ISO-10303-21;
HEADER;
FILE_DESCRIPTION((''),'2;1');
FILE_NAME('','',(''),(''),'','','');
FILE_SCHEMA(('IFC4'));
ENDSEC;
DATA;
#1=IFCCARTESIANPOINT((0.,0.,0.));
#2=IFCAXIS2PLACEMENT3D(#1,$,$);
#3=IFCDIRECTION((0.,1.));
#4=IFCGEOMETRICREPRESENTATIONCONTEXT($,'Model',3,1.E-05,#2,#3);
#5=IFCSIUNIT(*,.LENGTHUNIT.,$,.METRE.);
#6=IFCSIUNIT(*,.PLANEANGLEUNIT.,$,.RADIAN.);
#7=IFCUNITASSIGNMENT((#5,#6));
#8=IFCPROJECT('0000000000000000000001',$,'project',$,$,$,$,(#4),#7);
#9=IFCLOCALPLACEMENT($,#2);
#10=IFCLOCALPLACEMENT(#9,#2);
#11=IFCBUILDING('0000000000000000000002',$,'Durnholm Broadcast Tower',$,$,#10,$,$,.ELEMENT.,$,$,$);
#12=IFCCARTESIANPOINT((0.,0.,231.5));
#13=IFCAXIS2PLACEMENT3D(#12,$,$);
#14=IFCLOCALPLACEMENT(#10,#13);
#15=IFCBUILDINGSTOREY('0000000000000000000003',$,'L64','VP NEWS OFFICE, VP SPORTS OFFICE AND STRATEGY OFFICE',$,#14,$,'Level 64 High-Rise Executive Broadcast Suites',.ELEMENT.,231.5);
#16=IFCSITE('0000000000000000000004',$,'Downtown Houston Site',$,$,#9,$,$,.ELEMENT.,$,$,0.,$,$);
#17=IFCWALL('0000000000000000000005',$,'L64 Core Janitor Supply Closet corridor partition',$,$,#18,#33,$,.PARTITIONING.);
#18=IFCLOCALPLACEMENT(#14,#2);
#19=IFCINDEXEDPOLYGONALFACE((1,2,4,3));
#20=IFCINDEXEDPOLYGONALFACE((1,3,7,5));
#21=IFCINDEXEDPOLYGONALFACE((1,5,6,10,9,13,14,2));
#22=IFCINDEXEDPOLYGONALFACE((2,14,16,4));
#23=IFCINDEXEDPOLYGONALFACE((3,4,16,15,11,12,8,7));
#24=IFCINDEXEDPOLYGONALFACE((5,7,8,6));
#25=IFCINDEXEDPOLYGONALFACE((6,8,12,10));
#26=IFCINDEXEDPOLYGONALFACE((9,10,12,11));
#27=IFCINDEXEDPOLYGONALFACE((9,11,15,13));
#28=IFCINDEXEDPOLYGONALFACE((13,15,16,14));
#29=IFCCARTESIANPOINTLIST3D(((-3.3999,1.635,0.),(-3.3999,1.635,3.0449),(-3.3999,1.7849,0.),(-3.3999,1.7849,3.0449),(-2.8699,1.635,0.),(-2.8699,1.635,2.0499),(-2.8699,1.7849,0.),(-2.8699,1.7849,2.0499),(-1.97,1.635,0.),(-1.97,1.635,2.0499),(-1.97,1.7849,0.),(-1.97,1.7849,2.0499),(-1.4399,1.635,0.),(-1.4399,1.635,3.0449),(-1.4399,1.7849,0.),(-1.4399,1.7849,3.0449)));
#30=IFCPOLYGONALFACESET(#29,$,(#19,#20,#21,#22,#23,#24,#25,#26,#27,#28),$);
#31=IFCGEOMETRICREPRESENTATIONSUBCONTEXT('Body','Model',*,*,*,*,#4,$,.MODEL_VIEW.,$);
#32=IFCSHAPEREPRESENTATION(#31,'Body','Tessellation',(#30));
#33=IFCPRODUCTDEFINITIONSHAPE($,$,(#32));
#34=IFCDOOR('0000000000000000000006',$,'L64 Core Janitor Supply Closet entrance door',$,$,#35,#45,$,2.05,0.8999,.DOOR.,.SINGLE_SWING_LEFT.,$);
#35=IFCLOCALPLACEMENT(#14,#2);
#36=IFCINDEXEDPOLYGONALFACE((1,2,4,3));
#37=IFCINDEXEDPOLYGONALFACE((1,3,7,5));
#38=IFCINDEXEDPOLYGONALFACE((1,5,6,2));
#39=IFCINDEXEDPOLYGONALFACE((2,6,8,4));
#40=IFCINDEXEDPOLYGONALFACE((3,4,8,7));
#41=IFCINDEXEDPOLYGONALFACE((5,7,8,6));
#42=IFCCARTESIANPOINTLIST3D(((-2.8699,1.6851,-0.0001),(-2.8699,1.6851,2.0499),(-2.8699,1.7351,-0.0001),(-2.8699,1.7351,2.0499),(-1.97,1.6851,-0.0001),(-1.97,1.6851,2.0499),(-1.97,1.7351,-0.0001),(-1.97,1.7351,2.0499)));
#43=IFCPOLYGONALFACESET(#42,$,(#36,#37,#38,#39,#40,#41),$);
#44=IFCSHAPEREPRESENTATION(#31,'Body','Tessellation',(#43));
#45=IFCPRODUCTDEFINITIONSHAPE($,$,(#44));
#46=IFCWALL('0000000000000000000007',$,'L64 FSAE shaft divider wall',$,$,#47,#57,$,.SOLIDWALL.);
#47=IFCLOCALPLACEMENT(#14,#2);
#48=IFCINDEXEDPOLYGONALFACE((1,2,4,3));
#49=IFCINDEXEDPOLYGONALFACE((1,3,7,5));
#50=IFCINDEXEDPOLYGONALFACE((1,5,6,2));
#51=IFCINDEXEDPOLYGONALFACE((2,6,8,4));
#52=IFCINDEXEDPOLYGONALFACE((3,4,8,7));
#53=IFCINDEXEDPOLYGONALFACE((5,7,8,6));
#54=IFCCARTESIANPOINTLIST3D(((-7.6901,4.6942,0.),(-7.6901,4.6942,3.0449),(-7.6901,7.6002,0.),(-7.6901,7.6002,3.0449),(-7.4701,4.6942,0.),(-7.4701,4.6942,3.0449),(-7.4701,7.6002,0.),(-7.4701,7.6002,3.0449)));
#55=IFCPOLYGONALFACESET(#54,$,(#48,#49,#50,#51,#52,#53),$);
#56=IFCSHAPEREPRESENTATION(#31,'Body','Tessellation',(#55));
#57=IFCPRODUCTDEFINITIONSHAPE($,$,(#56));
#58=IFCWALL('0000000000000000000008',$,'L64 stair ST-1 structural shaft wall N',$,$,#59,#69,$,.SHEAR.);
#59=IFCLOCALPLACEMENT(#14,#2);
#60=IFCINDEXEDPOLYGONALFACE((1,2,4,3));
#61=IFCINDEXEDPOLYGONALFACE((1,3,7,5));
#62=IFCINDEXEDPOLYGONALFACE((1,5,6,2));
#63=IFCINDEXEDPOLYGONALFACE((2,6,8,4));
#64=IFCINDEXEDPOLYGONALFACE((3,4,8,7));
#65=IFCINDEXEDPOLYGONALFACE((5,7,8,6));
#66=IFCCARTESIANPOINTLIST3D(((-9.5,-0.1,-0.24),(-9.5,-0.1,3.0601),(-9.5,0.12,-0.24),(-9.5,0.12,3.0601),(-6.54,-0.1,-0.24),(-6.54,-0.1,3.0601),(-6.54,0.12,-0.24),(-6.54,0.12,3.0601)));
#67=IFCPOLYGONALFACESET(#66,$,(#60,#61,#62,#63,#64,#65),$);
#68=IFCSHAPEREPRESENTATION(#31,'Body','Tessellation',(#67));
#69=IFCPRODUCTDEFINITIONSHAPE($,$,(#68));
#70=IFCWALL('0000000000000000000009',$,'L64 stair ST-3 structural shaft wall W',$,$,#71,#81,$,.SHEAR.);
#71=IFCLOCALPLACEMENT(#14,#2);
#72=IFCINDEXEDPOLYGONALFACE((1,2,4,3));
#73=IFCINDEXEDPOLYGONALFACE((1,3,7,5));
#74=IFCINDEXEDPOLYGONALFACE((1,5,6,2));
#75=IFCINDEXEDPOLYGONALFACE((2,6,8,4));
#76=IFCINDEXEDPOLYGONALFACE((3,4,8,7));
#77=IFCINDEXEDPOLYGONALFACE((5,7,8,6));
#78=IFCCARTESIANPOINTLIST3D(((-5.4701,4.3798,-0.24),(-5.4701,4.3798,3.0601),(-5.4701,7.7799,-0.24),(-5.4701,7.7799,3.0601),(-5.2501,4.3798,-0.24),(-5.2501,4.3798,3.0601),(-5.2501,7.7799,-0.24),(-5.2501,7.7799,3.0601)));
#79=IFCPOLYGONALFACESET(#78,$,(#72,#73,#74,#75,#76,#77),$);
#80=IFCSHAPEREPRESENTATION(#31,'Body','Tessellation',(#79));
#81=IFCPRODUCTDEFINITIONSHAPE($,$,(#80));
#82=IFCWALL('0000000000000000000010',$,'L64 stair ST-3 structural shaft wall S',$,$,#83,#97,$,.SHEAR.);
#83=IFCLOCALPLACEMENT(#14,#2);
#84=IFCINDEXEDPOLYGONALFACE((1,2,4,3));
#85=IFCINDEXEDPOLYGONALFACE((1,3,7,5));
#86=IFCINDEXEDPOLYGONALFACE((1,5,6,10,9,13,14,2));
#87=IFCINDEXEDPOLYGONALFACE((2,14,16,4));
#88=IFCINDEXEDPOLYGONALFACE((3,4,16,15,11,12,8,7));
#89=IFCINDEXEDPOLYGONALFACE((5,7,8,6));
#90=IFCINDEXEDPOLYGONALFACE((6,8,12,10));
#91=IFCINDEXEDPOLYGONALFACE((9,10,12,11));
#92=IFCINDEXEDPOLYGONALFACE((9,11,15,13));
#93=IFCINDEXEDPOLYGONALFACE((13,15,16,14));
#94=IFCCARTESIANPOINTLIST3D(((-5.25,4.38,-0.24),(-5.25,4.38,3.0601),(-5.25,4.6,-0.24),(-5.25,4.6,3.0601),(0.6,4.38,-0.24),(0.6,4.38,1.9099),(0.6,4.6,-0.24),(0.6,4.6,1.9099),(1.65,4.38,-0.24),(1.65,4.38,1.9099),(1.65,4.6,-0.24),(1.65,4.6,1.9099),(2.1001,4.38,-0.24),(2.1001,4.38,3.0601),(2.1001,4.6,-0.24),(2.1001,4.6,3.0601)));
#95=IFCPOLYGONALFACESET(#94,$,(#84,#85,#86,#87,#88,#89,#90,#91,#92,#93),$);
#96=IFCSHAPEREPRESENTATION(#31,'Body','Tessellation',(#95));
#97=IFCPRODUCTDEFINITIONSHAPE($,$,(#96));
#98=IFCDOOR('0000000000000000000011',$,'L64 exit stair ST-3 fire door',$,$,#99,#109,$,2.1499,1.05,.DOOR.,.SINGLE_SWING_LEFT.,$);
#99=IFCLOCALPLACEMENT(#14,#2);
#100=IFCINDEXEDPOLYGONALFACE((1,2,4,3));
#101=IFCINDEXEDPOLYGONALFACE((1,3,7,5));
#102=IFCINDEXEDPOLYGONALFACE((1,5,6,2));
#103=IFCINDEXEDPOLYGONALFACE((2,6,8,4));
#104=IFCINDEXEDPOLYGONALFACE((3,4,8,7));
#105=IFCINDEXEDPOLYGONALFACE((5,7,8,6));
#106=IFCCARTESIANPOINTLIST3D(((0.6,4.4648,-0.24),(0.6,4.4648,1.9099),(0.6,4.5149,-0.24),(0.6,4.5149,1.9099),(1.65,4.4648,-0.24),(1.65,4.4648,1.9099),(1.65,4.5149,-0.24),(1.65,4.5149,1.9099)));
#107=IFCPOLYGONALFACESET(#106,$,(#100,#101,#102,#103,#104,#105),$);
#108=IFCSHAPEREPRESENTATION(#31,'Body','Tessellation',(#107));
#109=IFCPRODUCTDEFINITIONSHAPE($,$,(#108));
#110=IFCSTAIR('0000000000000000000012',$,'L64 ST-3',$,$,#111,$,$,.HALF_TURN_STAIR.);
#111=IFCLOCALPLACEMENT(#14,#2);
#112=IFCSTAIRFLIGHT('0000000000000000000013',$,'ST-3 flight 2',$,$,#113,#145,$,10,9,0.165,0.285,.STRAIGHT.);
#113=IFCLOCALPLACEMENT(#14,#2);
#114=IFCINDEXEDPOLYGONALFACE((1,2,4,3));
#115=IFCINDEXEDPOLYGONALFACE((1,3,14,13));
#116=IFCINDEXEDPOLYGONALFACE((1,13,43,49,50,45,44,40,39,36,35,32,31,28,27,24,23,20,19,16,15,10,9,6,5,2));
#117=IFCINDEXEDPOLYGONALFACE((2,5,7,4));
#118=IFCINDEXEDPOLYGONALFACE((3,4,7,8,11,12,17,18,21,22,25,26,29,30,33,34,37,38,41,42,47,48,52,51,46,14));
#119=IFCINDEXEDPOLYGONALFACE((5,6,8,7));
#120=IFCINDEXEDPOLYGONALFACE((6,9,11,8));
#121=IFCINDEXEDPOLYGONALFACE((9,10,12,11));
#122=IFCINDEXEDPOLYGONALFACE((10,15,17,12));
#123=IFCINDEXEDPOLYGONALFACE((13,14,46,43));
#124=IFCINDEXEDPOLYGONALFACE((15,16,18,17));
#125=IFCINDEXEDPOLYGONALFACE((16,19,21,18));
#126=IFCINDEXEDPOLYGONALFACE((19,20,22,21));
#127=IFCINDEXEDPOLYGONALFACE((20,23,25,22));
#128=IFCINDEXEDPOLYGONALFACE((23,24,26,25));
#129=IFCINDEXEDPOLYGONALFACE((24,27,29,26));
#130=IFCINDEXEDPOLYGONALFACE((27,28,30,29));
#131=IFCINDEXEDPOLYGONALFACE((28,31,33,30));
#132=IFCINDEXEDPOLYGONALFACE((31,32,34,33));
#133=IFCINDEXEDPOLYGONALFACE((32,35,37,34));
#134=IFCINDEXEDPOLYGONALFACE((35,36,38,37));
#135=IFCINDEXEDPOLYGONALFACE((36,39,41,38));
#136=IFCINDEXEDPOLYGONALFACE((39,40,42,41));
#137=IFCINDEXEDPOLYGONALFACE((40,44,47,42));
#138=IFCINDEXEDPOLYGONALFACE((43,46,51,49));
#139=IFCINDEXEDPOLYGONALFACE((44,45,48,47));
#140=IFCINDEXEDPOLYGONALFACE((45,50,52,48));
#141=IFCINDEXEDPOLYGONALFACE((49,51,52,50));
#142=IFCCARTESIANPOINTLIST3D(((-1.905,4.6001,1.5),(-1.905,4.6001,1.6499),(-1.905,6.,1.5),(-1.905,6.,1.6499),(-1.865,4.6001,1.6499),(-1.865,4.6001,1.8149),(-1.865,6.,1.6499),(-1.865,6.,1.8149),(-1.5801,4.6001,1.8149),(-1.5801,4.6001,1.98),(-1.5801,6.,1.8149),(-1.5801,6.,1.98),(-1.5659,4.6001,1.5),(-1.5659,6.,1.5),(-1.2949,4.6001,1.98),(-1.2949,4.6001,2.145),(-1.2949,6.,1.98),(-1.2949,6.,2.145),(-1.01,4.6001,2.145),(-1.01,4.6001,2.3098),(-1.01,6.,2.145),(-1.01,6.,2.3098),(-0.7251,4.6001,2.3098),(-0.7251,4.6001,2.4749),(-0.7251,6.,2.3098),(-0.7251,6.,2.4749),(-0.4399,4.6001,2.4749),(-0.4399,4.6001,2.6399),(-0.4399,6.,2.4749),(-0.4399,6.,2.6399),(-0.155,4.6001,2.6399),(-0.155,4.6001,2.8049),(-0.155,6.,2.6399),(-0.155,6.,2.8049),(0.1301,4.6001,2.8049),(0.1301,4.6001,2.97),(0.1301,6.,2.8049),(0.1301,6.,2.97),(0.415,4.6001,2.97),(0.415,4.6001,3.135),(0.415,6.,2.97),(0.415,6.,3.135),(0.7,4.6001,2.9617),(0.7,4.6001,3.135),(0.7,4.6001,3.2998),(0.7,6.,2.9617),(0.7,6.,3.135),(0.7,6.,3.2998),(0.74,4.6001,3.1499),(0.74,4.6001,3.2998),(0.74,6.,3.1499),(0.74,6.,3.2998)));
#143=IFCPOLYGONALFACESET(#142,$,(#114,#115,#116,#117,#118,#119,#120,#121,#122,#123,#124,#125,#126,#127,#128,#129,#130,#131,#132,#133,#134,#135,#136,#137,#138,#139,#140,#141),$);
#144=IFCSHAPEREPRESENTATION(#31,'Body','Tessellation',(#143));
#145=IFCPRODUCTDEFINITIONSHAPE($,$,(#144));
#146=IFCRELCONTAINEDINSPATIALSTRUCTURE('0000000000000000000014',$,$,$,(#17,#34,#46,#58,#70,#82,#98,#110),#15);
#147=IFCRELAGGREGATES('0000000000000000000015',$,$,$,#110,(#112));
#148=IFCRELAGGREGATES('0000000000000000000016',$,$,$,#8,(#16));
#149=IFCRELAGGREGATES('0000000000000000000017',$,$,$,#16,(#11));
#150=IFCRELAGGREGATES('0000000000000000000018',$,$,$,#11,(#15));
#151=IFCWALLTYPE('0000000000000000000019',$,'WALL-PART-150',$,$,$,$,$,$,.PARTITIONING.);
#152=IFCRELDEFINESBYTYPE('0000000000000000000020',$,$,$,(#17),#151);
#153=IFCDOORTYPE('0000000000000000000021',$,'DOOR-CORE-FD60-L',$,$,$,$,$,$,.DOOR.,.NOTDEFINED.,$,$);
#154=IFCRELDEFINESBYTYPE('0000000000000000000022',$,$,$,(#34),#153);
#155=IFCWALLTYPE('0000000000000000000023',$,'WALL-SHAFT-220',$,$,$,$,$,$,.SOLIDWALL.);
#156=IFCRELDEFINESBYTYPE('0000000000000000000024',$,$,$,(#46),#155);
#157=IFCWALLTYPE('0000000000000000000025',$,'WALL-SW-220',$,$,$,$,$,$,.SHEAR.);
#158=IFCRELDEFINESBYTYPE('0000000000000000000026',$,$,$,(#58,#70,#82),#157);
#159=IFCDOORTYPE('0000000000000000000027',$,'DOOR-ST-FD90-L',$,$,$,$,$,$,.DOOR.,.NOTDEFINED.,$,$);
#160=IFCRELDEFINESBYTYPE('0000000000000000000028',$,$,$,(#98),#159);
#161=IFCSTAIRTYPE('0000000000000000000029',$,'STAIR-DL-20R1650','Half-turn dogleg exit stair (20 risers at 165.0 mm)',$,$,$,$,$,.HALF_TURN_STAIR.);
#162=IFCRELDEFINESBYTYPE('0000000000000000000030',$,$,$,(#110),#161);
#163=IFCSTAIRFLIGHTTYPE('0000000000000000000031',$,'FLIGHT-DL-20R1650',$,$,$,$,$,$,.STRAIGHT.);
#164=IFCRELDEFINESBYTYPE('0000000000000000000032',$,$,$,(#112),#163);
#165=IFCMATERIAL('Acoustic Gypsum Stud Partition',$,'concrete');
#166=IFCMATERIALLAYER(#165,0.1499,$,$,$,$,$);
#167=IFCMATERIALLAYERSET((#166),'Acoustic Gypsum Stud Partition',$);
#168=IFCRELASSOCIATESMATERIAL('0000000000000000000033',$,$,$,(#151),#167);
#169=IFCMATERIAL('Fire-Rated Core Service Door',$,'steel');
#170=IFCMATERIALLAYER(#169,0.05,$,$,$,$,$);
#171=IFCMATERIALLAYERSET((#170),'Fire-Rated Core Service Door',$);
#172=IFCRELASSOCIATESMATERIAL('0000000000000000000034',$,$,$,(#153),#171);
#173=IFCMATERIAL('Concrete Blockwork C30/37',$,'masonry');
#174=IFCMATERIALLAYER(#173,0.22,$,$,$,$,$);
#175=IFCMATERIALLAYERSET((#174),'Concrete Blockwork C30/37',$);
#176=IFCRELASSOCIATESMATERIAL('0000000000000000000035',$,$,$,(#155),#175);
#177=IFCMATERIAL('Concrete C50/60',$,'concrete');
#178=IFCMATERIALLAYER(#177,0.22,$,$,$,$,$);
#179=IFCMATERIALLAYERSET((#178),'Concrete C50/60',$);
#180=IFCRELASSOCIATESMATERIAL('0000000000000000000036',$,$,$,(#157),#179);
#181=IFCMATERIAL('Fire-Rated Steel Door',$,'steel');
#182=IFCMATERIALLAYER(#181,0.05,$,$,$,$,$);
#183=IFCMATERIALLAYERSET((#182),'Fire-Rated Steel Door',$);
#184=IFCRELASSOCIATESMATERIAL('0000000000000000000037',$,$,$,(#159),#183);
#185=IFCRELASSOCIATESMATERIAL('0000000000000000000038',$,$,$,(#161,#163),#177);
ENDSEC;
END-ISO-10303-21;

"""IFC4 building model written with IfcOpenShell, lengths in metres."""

from ifc_helpers import new_model, si_unit, direction, frame, frame_2d, origin, place, context, subcontext, project, spatial, polyline, rectangle, outline, extrude, source, transform, mapped, material, layer, layer_set, type_object, type_shapes, element, fill, aggregate, save


model = new_model("IFC4")

# Units and contexts
model_context = context("Model", 3, precision=1e-05, world=origin(), true_north=direction((0.0, 1.0)))
body_context = subcontext(model_context, "Body", "Model", "MODEL_VIEW")
ifc_project = project(units=[si_unit("LENGTHUNIT", "METRE"), si_unit("PLANEANGLEUNIT", "RADIAN")], contexts=[model_context])

# Site, building, storey
site_placement = place(None, origin())
site = spatial("IfcSite", under=ifc_project, at=site_placement, Name="Downtown Houston Site", CompositionType="ELEMENT", RefElevation=0.0)
building_placement = place(site_placement, origin())
building = spatial("IfcBuilding", under=site, at=building_placement, Name="Durnholm Broadcast Tower", CompositionType="ELEMENT")
storey_placement = place(building_placement, frame((0.0, 0.0, 231.5)))
storey = spatial("IfcBuildingStorey", under=building, at=storey_placement, Name="L64", Description="VP NEWS OFFICE, VP SPORTS OFFICE AND STRATEGY OFFICE", LongName="Level 64 High-Rise Executive Broadcast Suites", CompositionType="ELEMENT", Elevation=231.5)

# Shared definitions
ifc_material_1 = material(Name="Concrete C50/60", Category="concrete")

# Wall, opening, door
ifc_material_2 = material(Name="Acoustic Gypsum Stud Partition", Category="concrete")
ifc_layer_1 = layer(ifc_material_2, 0.1499)
ifc_layer_set_1 = layer_set([ifc_layer_1], Name="Acoustic Gypsum Stud Partition")
wall_type_1 = type_object("IfcWallType", Name="WALL-PART-150", PredefinedType="PARTITIONING", material=ifc_layer_set_1)
ifc_material_3 = material(Name="Fire-Rated Core Service Door", Category="steel")
wall_1_placement = place(storey_placement, frame((-1.4399, 1.71, 0.0), z_axis=(0.0, 0.0, 1.0), x_axis=(-1.0, 0.0, 0.0)))
wall_1 = element("IfcWall", 1, at=wall_1_placement, inside=storey, type_object=wall_type_1, Name="L64 Core Janitor Supply Closet corridor partition", PredefinedType="PARTITIONING", context=body_context, shape_type="SweptSolid", body=[
    extrude(rectangle(XDim=1.96, YDim=0.1499, at=frame_2d((0.98, 0.0))), origin(), (0.0, 0.0, 1.0), 3.0449),
])
opening_1_placement = place(wall_1_placement, frame((0.53, 0.0, 0.0)))
opening_1 = element("IfcOpeningElement", 2, at=opening_1_placement, cuts=wall_1, PredefinedType="OPENING", context=body_context, shape_type="SweptSolid", body=[
    extrude(rectangle(XDim=0.8999, YDim=2.05, at=frame_2d((0.45, 1.0249))), frame((0.0, 0.085, 0.0), z_axis=(0.0, -1.0, 0.0), x_axis=(1.0, 0.0, 0.0)), (0.0, 0.0, 1.0), 0.1699),
])
ifc_layer_2 = layer(ifc_material_3, 0.05)
ifc_layer_set_2 = layer_set([ifc_layer_2], Name="Fire-Rated Core Service Door")
door_type_1 = type_object("IfcDoorType", Name="DOOR-CORE-FD60-L", OperationType="NOTDEFINED", PredefinedType="DOOR", material=ifc_layer_set_2)
shared_shape_1 = source(origin(), body_context, "Body", "SweptSolid", [
    extrude(rectangle(XDim=0.8999, YDim=2.05, at=frame_2d((0.45, 1.0249))), frame((0.0, 0.0249, 0.0), z_axis=(0.0, -1.0, 0.0), x_axis=(1.0, 0.0, 0.0)), (0.0, 0.0, 1.0), 0.05),
])
type_shapes(door_type_1, [shared_shape_1])
door_1_placement = place(opening_1_placement, origin())
door_1 = element("IfcDoor", 3, at=door_1_placement, inside=storey, type_object=door_type_1, Name="L64 Core Janitor Supply Closet entrance door", OperationType="SINGLE_SWING_LEFT", OverallHeight=2.05, OverallWidth=0.8999, PredefinedType="DOOR", context=body_context, shape_type="MappedRepresentation", body=[
    mapped(shared_shape_1, transform((0.0, 0.0, 0.0), x_axis=(1.0, 0.0, 0.0), y_axis=(0.0, 1.0, 0.0), z_axis=(0.0, 0.0, 1.0), scale=1.0)),
])
fill(opening_1, door_1)

# Walls
ifc_material_4 = material(Name="Concrete Blockwork C30/37", Category="masonry")
ifc_layer_3 = layer(ifc_material_4, 0.22)
ifc_layer_set_3 = layer_set([ifc_layer_3], Name="Concrete Blockwork C30/37")
wall_type_2 = type_object("IfcWallType", Name="WALL-SHAFT-220", PredefinedType="SOLIDWALL", material=ifc_layer_set_3)
wall_2_placement = place(storey_placement, frame((-7.5801, 4.6941, 0.0), z_axis=(0.0, 0.0, 1.0), x_axis=(0.0, 1.0, 0.0)))
element("IfcWall", 4, at=wall_2_placement, inside=storey, type_object=wall_type_2, Name="L64 FSAE shaft divider wall", PredefinedType="SOLIDWALL", context=body_context, shape_type="SweptSolid", body=[
    extrude(rectangle(XDim=2.906, YDim=0.22, at=frame_2d((1.4531, 0.0))), origin(), (0.0, 0.0, 1.0), 3.0449),
])
ifc_layer_4 = layer(ifc_material_1, 0.22)
ifc_layer_set_4 = layer_set([ifc_layer_4], Name="Concrete C50/60")
wall_type_3 = type_object("IfcWallType", Name="WALL-SW-220", PredefinedType="SHEAR", material=ifc_layer_set_4)
wall_3_placement = place(storey_placement, frame((-6.54, 0.01, -0.24), z_axis=(0.0, 0.0, 1.0), x_axis=(-1.0, 0.0, 0.0)))
element("IfcWall", 5, at=wall_3_placement, inside=storey, type_object=wall_type_3, Name="L64 stair ST-1 structural shaft wall N", PredefinedType="SHEAR", context=body_context, shape_type="SweptSolid", body=[
    extrude(rectangle(XDim=2.96, YDim=0.22, at=frame_2d((1.48, 0.0))), origin(), (0.0, 0.0, 1.0), 3.3),
])
wall_4_placement = place(storey_placement, frame((-5.3601, 7.78, -0.24), z_axis=(0.0, 0.0, 1.0), x_axis=(0.0, -1.0, 0.0)))
element("IfcWall", 6, at=wall_4_placement, inside=storey, type_object=wall_type_3, Name="L64 stair ST-3 structural shaft wall W", PredefinedType="SHEAR", context=body_context, shape_type="SweptSolid", body=[
    extrude(rectangle(XDim=3.4001, YDim=0.22, at=frame_2d((1.7002, 0.0))), origin(), (0.0, 0.0, 1.0), 3.3),
])

# Wall, opening, door
wall_5_placement = place(storey_placement, frame((-5.25, 4.49, -0.24), z_axis=(0.0, 0.0, 1.0), x_axis=(1.0, 0.0, 0.0)))
wall_5 = element("IfcWall", 7, at=wall_5_placement, inside=storey, type_object=wall_type_3, Name="L64 stair ST-3 structural shaft wall S", PredefinedType="SHEAR", context=body_context, shape_type="SweptSolid", body=[
    extrude(rectangle(XDim=7.3501, YDim=0.22, at=frame_2d((3.675, 0.0))), origin(), (0.0, 0.0, 1.0), 3.3),
])
opening_2_placement = place(wall_5_placement, frame((5.8501, 0.0, 0.0)))
opening_2 = element("IfcOpeningElement", 8, at=opening_2_placement, cuts=wall_5, PredefinedType="OPENING", context=body_context, shape_type="SweptSolid", body=[
    extrude(rectangle(XDim=1.05, YDim=2.1499, at=frame_2d((0.5249, 1.075))), frame((0.0, 0.1201, 0.0), z_axis=(0.0, -1.0, 0.0), x_axis=(1.0, 0.0, 0.0)), (0.0, 0.0, 1.0), 0.24),
])
ifc_material_5 = material(Name="Fire-Rated Steel Door", Category="steel")
ifc_layer_5 = layer(ifc_material_5, 0.05)
ifc_layer_set_5 = layer_set([ifc_layer_5], Name="Fire-Rated Steel Door")
door_type_2 = type_object("IfcDoorType", Name="DOOR-ST-FD90-L", OperationType="NOTDEFINED", PredefinedType="DOOR", material=ifc_layer_set_5)
shared_shape_2 = source(origin(), body_context, "Body", "SweptSolid", [
    extrude(rectangle(XDim=1.05, YDim=2.1499, at=frame_2d((0.5249, 1.075))), frame((0.0, 0.0249, 0.0), z_axis=(0.0, -1.0, 0.0), x_axis=(1.0, 0.0, 0.0)), (0.0, 0.0, 1.0), 0.05),
])
type_shapes(door_type_2, [shared_shape_2])
door_2_placement = place(opening_2_placement, origin())
door_2 = element("IfcDoor", 9, at=door_2_placement, inside=storey, type_object=door_type_2, Name="L64 exit stair ST-3 fire door", OperationType="SINGLE_SWING_LEFT", OverallHeight=2.1499, OverallWidth=1.05, PredefinedType="DOOR", context=body_context, shape_type="MappedRepresentation", body=[
    mapped(shared_shape_2, transform((0.0, 0.0, 0.0), x_axis=(1.0, 0.0, 0.0), y_axis=(0.0, 1.0, 0.0), z_axis=(0.0, 0.0, 1.0), scale=1.0)),
])
fill(opening_2, door_2)

# Stair, stair flight
stair_type = type_object("IfcStairType", Name="STAIR-DL-20R1650", Description="Half-turn dogleg exit stair (20 risers at 165.0 mm)", PredefinedType="HALF_TURN_STAIR", material=ifc_material_1)
stair_placement = place(storey_placement, origin())
stair = element("IfcStair", 10, at=stair_placement, inside=storey, type_object=stair_type, Name="L64 ST-3", PredefinedType="HALF_TURN_STAIR")
stair_flight_type = type_object("IfcStairFlightType", Name="FLIGHT-DL-20R1650", PredefinedType="STRAIGHT", material=ifc_material_1)
stair_flight_placement = place(storey_placement, frame((-1.865, 5.3, 1.6499), z_axis=(0.0, 0.0, 1.0), x_axis=(1.0, 0.0, 0.0)))
stair_flight = element("IfcStairFlight", 11, at=stair_flight_placement, type_object=stair_flight_type, Name="ST-3 flight 2", NumberOfRisers=10, NumberOfTreads=9, PredefinedType="STRAIGHT", RiserHeight=0.165, TreadLength=0.285, context=body_context, shape_type="SweptSolid", body=[
    extrude(outline(polyline([(-0.04, -0.1499), (-0.04, 0.0), (0.0, 0.0), (0.0, 0.165), (0.2849, 0.165), (0.2849, 0.3301), (0.5701, 0.3301), (0.5701, 0.4951), (0.855, 0.4951), (0.855, 0.6599), (1.1399, 0.6599), (1.1399, 0.825), (1.425, 0.825), (1.425, 0.99), (1.71, 0.99), (1.71, 1.155), (1.9951, 1.155), (1.9951, 1.3201), (2.28, 1.3201), (2.28, 1.4851), (2.5649, 1.4851), (2.5649, 1.6499), (2.605, 1.6499), (2.605, 1.5), (2.5649, 1.3118), (0.2991, -0.1499), (-0.04, -0.1499)])), frame((0.0, 0.7, 0.0), z_axis=(0.0, -1.0, 0.0), x_axis=(1.0, 0.0, 0.0)), (0.0, 0.0, 1.0), 1.3999),
])
aggregate(stair, [stair_flight])

save(model, "model.ifc")
